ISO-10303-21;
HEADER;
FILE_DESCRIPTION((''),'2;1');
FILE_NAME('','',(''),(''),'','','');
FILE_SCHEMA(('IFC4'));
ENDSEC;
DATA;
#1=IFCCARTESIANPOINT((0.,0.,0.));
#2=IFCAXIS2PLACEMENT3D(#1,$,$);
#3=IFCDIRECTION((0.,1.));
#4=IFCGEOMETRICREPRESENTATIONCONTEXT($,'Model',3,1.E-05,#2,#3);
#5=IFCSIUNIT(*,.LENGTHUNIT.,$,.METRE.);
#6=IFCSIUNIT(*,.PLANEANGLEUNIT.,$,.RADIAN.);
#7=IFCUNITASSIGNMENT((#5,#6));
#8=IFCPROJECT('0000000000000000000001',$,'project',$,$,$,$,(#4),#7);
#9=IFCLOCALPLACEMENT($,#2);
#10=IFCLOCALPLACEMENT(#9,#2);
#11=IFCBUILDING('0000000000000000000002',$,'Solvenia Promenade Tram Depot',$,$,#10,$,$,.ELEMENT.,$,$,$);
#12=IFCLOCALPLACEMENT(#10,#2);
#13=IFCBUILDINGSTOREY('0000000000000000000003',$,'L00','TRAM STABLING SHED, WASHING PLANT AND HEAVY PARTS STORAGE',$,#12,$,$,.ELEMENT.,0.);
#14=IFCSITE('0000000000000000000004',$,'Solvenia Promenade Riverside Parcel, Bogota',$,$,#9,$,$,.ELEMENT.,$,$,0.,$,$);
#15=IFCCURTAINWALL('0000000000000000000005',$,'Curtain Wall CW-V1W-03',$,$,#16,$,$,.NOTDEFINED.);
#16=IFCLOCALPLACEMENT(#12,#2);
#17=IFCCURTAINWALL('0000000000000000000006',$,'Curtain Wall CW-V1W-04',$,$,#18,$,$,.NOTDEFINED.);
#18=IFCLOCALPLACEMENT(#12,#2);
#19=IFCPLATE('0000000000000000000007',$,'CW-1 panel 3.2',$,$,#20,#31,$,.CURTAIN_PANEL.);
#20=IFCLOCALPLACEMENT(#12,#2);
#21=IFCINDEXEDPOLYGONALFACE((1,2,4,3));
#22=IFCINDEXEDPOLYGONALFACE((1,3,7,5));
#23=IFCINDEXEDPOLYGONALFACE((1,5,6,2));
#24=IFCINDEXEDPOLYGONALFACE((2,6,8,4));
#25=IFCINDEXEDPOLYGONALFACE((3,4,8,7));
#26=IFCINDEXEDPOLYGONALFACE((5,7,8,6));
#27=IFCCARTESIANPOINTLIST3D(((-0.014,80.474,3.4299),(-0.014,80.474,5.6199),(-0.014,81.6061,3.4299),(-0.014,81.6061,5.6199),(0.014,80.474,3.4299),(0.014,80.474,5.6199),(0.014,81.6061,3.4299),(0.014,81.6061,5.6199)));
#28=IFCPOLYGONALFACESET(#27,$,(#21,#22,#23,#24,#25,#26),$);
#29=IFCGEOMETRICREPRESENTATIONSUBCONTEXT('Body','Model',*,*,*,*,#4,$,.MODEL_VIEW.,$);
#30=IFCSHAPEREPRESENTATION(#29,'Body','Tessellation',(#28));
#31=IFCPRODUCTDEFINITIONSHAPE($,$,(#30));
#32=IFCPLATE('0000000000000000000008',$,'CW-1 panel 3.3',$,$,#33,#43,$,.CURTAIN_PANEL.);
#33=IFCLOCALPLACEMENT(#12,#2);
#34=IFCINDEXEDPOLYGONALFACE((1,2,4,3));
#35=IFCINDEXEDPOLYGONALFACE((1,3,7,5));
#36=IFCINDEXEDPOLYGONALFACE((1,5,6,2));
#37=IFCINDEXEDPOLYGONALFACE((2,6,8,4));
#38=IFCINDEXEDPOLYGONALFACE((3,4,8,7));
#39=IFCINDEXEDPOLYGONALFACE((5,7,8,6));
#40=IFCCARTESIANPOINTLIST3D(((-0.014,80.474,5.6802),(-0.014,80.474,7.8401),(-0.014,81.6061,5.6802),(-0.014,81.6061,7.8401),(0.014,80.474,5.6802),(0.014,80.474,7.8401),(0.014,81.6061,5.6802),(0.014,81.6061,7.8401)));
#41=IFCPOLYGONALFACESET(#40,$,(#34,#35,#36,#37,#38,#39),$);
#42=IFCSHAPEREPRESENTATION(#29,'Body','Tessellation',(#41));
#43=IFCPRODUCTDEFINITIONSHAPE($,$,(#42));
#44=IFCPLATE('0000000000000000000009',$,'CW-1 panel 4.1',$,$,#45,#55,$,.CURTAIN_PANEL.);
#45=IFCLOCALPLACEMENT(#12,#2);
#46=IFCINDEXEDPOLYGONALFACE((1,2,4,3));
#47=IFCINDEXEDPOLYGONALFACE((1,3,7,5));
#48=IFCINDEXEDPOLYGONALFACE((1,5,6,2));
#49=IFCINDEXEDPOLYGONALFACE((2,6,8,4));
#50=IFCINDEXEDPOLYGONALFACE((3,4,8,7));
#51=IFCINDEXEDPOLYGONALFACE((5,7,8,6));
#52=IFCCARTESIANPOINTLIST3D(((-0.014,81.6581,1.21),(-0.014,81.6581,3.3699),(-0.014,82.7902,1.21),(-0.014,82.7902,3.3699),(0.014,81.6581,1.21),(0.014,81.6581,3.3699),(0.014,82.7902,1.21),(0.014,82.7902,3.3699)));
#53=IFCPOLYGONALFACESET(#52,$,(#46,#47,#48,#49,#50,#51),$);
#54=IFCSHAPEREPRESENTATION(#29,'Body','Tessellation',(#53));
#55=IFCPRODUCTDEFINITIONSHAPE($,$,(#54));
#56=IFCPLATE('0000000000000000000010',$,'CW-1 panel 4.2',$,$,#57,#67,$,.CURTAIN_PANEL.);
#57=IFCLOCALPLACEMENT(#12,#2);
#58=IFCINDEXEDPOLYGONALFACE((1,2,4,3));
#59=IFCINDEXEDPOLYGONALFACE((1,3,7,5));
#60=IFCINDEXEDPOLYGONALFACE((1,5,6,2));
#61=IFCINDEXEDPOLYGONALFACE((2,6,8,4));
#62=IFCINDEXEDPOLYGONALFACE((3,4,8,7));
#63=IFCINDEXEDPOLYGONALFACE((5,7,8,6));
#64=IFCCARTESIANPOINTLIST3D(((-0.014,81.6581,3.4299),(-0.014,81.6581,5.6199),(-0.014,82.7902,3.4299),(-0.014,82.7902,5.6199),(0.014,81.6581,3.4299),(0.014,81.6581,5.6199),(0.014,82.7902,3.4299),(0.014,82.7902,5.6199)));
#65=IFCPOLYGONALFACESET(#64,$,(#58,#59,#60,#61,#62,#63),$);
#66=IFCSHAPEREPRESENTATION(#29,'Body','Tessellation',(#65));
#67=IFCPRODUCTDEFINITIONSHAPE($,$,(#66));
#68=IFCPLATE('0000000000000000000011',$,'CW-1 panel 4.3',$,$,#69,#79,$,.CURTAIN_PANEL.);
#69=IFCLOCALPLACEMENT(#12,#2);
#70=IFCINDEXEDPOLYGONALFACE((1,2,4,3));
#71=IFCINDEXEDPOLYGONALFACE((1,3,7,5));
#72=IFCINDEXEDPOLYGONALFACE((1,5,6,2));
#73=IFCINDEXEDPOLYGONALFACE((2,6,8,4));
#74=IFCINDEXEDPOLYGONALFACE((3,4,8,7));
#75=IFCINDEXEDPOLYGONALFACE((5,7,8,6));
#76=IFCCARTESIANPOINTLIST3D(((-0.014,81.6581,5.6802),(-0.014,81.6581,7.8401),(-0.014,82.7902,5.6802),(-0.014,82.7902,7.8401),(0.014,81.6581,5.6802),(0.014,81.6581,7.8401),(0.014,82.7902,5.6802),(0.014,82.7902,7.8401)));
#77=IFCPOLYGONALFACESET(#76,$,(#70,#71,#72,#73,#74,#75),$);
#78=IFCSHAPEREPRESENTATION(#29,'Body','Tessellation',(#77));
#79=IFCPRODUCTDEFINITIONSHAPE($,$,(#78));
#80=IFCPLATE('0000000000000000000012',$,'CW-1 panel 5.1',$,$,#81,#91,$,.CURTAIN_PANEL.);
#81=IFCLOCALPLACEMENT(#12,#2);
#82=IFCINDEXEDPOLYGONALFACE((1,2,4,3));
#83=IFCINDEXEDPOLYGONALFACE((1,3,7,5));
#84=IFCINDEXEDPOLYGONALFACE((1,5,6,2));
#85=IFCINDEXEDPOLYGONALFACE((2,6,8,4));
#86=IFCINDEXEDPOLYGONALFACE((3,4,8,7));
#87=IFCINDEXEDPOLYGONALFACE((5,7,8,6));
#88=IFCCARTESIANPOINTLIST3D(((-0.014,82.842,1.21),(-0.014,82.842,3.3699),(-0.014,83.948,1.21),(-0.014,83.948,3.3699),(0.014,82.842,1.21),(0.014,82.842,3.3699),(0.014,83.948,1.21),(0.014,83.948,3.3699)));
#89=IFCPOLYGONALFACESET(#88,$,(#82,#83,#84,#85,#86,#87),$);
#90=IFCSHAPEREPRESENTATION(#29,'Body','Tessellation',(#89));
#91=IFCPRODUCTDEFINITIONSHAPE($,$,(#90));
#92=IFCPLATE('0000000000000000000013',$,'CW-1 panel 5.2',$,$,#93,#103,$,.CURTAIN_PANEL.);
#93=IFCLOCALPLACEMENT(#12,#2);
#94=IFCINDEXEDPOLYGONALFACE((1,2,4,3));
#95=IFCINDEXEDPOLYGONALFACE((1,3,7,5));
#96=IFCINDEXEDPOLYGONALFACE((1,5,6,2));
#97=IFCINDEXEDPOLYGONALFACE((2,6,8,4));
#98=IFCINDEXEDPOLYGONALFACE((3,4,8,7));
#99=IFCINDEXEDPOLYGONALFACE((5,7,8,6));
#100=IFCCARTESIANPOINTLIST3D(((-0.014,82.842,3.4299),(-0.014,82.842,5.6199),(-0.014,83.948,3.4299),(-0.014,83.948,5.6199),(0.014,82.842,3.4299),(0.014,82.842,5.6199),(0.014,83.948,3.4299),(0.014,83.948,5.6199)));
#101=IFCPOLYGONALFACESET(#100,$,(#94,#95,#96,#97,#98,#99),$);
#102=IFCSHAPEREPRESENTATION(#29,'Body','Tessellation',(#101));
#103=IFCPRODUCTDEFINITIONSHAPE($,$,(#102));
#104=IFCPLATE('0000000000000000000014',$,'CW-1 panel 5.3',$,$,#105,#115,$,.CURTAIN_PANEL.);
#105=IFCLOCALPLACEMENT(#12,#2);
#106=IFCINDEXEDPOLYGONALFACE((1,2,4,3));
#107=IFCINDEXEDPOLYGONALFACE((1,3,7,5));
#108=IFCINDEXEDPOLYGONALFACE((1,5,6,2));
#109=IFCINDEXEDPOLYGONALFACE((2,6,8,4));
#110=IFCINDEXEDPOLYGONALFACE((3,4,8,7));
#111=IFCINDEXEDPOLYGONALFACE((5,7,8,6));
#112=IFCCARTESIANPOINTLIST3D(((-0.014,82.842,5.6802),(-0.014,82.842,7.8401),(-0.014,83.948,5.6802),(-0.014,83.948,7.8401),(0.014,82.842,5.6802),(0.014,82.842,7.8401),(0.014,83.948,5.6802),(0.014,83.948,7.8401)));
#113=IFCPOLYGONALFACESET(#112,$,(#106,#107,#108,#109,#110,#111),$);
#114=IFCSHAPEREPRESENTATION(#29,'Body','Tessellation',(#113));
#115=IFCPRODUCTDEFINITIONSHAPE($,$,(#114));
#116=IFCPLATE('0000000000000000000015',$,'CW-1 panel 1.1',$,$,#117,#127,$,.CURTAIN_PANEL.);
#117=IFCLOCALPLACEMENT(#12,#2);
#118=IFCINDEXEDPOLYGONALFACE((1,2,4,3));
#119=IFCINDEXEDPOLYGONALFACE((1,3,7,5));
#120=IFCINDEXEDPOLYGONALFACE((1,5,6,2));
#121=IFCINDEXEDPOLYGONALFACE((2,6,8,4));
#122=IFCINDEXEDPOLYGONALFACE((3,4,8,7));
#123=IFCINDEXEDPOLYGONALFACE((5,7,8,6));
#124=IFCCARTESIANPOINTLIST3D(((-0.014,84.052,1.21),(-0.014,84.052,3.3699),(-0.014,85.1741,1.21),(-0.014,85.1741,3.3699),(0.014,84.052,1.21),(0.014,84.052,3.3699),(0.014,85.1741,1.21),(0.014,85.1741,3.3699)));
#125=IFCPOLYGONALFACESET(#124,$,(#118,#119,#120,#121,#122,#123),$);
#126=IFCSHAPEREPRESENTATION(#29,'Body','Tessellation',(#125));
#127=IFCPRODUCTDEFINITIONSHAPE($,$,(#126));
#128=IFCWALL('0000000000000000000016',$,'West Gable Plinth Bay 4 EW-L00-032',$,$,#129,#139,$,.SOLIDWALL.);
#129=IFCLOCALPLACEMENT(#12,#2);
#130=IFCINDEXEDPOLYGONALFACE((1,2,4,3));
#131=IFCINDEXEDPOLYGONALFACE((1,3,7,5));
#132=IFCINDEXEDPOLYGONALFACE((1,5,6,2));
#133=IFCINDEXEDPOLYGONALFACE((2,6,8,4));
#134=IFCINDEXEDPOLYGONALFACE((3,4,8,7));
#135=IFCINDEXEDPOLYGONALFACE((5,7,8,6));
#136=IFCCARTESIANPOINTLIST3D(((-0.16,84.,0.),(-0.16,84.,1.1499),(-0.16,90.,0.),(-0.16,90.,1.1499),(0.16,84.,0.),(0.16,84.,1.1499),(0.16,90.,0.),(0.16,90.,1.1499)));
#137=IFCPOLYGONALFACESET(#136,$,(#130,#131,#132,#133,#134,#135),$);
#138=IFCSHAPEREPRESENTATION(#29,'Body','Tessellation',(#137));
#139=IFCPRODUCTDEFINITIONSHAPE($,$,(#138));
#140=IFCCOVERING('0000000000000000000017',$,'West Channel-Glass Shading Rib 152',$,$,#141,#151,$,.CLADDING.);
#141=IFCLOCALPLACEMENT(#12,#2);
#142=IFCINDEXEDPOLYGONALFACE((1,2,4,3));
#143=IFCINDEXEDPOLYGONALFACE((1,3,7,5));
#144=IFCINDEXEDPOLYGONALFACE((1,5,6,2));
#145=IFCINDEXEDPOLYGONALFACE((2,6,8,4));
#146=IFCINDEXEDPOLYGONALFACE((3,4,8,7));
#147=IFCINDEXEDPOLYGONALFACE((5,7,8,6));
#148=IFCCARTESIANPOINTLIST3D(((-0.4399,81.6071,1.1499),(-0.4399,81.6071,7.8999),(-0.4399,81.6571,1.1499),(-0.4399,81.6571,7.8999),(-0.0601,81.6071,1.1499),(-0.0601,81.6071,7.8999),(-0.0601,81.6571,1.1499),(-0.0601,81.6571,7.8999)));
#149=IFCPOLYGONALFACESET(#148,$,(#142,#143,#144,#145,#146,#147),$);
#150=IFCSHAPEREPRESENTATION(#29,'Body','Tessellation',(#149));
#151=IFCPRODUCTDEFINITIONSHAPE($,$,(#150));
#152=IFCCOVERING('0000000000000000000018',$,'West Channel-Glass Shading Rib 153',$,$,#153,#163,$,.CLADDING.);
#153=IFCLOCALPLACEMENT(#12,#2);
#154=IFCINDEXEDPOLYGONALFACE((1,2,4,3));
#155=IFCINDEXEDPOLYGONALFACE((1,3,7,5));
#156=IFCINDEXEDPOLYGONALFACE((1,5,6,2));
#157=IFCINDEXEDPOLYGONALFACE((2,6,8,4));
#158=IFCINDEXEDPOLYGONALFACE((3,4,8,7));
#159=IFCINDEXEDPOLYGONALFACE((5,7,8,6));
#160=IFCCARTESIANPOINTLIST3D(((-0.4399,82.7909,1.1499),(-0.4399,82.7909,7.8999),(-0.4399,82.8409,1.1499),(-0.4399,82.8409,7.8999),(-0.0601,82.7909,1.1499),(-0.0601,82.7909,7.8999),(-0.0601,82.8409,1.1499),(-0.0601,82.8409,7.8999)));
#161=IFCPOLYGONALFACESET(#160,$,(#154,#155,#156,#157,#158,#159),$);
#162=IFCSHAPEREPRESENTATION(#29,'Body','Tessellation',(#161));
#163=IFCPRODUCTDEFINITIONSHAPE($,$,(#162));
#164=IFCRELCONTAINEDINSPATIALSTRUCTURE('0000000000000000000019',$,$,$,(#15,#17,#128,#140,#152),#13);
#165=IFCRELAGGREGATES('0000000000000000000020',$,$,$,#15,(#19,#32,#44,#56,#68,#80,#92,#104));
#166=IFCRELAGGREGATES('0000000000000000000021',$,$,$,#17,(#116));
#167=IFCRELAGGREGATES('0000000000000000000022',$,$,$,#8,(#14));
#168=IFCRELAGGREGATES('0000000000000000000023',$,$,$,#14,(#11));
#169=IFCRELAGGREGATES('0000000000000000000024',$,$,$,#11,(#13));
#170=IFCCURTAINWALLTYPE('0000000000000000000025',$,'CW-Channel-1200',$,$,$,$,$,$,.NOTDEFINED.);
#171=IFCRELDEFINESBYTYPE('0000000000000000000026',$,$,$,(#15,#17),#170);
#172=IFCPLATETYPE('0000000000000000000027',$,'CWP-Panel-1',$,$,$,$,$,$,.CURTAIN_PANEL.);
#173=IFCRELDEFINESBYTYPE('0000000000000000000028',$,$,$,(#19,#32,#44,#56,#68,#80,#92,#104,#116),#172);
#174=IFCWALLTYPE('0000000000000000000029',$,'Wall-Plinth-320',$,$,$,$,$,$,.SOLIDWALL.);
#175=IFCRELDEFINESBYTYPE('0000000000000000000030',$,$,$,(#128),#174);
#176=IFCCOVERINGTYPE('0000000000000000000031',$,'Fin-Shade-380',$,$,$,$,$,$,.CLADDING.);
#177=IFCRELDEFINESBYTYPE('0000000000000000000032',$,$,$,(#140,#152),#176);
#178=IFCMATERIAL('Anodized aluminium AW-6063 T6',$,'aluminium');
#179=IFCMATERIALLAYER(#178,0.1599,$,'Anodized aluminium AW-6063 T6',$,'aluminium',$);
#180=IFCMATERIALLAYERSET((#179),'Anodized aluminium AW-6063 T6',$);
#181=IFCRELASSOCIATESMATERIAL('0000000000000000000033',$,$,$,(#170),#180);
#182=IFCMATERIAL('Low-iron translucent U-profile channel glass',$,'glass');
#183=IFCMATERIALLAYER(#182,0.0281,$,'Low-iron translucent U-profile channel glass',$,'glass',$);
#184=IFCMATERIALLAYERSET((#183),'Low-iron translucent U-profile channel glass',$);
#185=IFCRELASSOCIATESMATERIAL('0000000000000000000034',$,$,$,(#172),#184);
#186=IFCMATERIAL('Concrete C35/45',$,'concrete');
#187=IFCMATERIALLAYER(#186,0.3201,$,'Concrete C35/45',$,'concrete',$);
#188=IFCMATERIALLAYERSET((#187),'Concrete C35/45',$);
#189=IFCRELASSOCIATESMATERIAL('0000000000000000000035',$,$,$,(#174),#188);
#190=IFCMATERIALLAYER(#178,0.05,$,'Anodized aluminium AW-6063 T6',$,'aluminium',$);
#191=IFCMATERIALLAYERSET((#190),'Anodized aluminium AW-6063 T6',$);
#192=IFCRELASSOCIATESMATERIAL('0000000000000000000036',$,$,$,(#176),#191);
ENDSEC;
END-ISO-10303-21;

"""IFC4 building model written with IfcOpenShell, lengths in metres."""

from ifc_helpers import new_model, si_unit, direction, frame, frame_2d, origin, origin_2d, place, context, subcontext, project, spatial, rectangle, extrude, material, layer, layer_set, type_object, element, aggregate, save


model = new_model("IFC4")

# Units and contexts
model_context = context("Model", 3, precision=1e-05, world=origin(), true_north=direction((0.0, 1.0)))
body_context = subcontext(model_context, "Body", "Model", "MODEL_VIEW")
ifc_project = project(units=[si_unit("LENGTHUNIT", "METRE"), si_unit("PLANEANGLEUNIT", "RADIAN")], contexts=[model_context])

# Site, building, storey
site_placement = place(None, origin())
site = spatial("IfcSite", under=ifc_project, at=site_placement, Name="Solvenia Promenade Riverside Parcel, Bogota", CompositionType="ELEMENT", RefElevation=0.0)
building_placement = place(site_placement, origin())
building = spatial("IfcBuilding", under=site, at=building_placement, Name="Solvenia Promenade Tram Depot", CompositionType="ELEMENT")
storey_placement = place(building_placement, origin())
storey = spatial("IfcBuildingStorey", under=building, at=storey_placement, Name="L00", Description="TRAM STABLING SHED, WASHING PLANT AND HEAVY PARTS STORAGE", CompositionType="ELEMENT", Elevation=0.0)

# Curtain wall
ifc_material_1 = material(Name="Anodized aluminium AW-6063 T6", Category="aluminium")
ifc_layer_1 = layer(ifc_material_1, 0.1599, Name="Anodized aluminium AW-6063 T6", Category="aluminium")
ifc_layer_set_1 = layer_set([ifc_layer_1], Name="Anodized aluminium AW-6063 T6")
curtain_wall_type = type_object("IfcCurtainWallType", Name="CW-Channel-1200", PredefinedType="NOTDEFINED", material=ifc_layer_set_1)
curtain_wall_1_placement = place(storey_placement, origin())
curtain_wall_1 = element("IfcCurtainWall", 1, at=curtain_wall_1_placement, inside=storey, type_object=curtain_wall_type, Name="Curtain Wall CW-V1W-03", PredefinedType="NOTDEFINED")

# Curtain wall
curtain_wall_2_placement = place(storey_placement, origin())
curtain_wall_2 = element("IfcCurtainWall", 2, at=curtain_wall_2_placement, inside=storey, type_object=curtain_wall_type, Name="Curtain Wall CW-V1W-04", PredefinedType="NOTDEFINED")

# Plates
ifc_material_2 = material(Name="Low-iron translucent U-profile channel glass", Category="glass")
ifc_layer_2 = layer(ifc_material_2, 0.0281, Name="Low-iron translucent U-profile channel glass", Category="glass")
ifc_layer_set_2 = layer_set([ifc_layer_2], Name="Low-iron translucent U-profile channel glass")
plate_type = type_object("IfcPlateType", Name="CWP-Panel-1", PredefinedType="CURTAIN_PANEL", material=ifc_layer_set_2)
plate_1_placement = place(storey_placement, frame((0.0, 81.04, 3.4299), z_axis=(0.0, 0.0, 1.0), x_axis=(0.0, 1.0, 0.0)))
plate_1 = element("IfcPlate", 3, at=plate_1_placement, type_object=plate_type, Name="CW-1 panel 3.2", PredefinedType="CURTAIN_PANEL", context=body_context, shape_type="SweptSolid", body=[
    extrude(rectangle(XDim=1.1321, YDim=0.0281, at=origin_2d()), origin(), (0.0, 0.0, 1.0), 2.1899),
])
plate_2_placement = place(storey_placement, frame((0.0, 81.04, 5.6802), z_axis=(0.0, 0.0, 1.0), x_axis=(0.0, 1.0, 0.0)))
plate_2 = element("IfcPlate", 4, at=plate_2_placement, type_object=plate_type, Name="CW-1 panel 3.3", PredefinedType="CURTAIN_PANEL", context=body_context, shape_type="SweptSolid", body=[
    extrude(rectangle(XDim=1.1321, YDim=0.0281, at=origin_2d()), origin(), (0.0, 0.0, 1.0), 2.1599),
])
plate_3_placement = place(storey_placement, frame((0.0, 82.2241, 1.21), z_axis=(0.0, 0.0, 1.0), x_axis=(0.0, 1.0, 0.0)))
plate_3 = element("IfcPlate", 5, at=plate_3_placement, type_object=plate_type, Name="CW-1 panel 4.1", PredefinedType="CURTAIN_PANEL", context=body_context, shape_type="SweptSolid", body=[
    extrude(rectangle(XDim=1.1321, YDim=0.0281, at=origin_2d()), origin(), (0.0, 0.0, 1.0), 2.1599),
])
plate_4_placement = place(storey_placement, frame((0.0, 82.2241, 3.4299), z_axis=(0.0, 0.0, 1.0), x_axis=(0.0, 1.0, 0.0)))
plate_4 = element("IfcPlate", 6, at=plate_4_placement, type_object=plate_type, Name="CW-1 panel 4.2", PredefinedType="CURTAIN_PANEL", context=body_context, shape_type="SweptSolid", body=[
    extrude(rectangle(XDim=1.1321, YDim=0.0281, at=origin_2d()), origin(), (0.0, 0.0, 1.0), 2.1899),
])
plate_5_placement = place(storey_placement, frame((0.0, 82.2241, 5.6802), z_axis=(0.0, 0.0, 1.0), x_axis=(0.0, 1.0, 0.0)))
plate_5 = element("IfcPlate", 7, at=plate_5_placement, type_object=plate_type, Name="CW-1 panel 4.3", PredefinedType="CURTAIN_PANEL", context=body_context, shape_type="SweptSolid", body=[
    extrude(rectangle(XDim=1.1321, YDim=0.0281, at=origin_2d()), origin(), (0.0, 0.0, 1.0), 2.1599),
])
plate_6_placement = place(storey_placement, frame((0.0, 83.395, 1.21), z_axis=(0.0, 0.0, 1.0), x_axis=(0.0, 1.0, 0.0)))
plate_6 = element("IfcPlate", 8, at=plate_6_placement, type_object=plate_type, Name="CW-1 panel 5.1", PredefinedType="CURTAIN_PANEL", context=body_context, shape_type="SweptSolid", body=[
    extrude(rectangle(XDim=1.106, YDim=0.0281, at=origin_2d()), origin(), (0.0, 0.0, 1.0), 2.1599),
])
plate_7_placement = place(storey_placement, frame((0.0, 83.395, 3.4299), z_axis=(0.0, 0.0, 1.0), x_axis=(0.0, 1.0, 0.0)))
plate_7 = element("IfcPlate", 9, at=plate_7_placement, type_object=plate_type, Name="CW-1 panel 5.2", PredefinedType="CURTAIN_PANEL", context=body_context, shape_type="SweptSolid", body=[
    extrude(rectangle(XDim=1.106, YDim=0.0281, at=origin_2d()), origin(), (0.0, 0.0, 1.0), 2.1899),
])
plate_8_placement = place(storey_placement, frame((0.0, 83.395, 5.6802), z_axis=(0.0, 0.0, 1.0), x_axis=(0.0, 1.0, 0.0)))
plate_8 = element("IfcPlate", 10, at=plate_8_placement, type_object=plate_type, Name="CW-1 panel 5.3", PredefinedType="CURTAIN_PANEL", context=body_context, shape_type="SweptSolid", body=[
    extrude(rectangle(XDim=1.106, YDim=0.0281, at=origin_2d()), origin(), (0.0, 0.0, 1.0), 2.1599),
])
aggregate(curtain_wall_1, [plate_1, plate_2, plate_3, plate_4, plate_5, plate_6, plate_7, plate_8])
plate_9_placement = place(storey_placement, frame((0.0, 84.613, 1.21), z_axis=(0.0, 0.0, 1.0), x_axis=(0.0, 1.0, 0.0)))
plate_9 = element("IfcPlate", 11, at=plate_9_placement, type_object=plate_type, Name="CW-1 panel 1.1", PredefinedType="CURTAIN_PANEL", context=body_context, shape_type="SweptSolid", body=[
    extrude(rectangle(XDim=1.1221, YDim=0.0281, at=origin_2d()), origin(), (0.0, 0.0, 1.0), 2.1599),
])
aggregate(curtain_wall_2, [plate_9])

# Wall
ifc_material_3 = material(Name="Concrete C35/45", Category="concrete")
ifc_layer_3 = layer(ifc_material_3, 0.3201, Name="Concrete C35/45", Category="concrete")
ifc_layer_set_3 = layer_set([ifc_layer_3], Name="Concrete C35/45")
wall_type = type_object("IfcWallType", Name="Wall-Plinth-320", PredefinedType="SOLIDWALL", material=ifc_layer_set_3)
wall_placement = place(storey_placement, frame((0.0, 84.0, 0.0), z_axis=(0.0, 0.0, 1.0), x_axis=(0.0, 1.0, 0.0)))
element("IfcWall", 12, at=wall_placement, inside=storey, type_object=wall_type, Name="West Gable Plinth Bay 4 EW-L00-032", PredefinedType="SOLIDWALL", context=body_context, shape_type="SweptSolid", body=[
    extrude(rectangle(XDim=6.0, YDim=0.3201, at=frame_2d((3.0, 0.0))), origin(), (0.0, 0.0, 1.0), 1.1499),
])

# Coverings
ifc_layer_4 = layer(ifc_material_1, 0.05, Name="Anodized aluminium AW-6063 T6", Category="aluminium")
ifc_layer_set_4 = layer_set([ifc_layer_4], Name="Anodized aluminium AW-6063 T6")
covering_type = type_object("IfcCoveringType", Name="Fin-Shade-380", PredefinedType="CLADDING", material=ifc_layer_set_4)
for number, where, z_axis, x_axis, name in (
    (13, (-0.25, 81.6321, 1.1499), (0.0, 0.0, 1.0), (1.0, 0.0, 0.0), "West Channel-Glass Shading Rib 152"),
    (14, (-0.25, 82.8159, 1.1499), (0.0, 0.0, 1.0), (1.0, 0.0, 0.0), "West Channel-Glass Shading Rib 153"),
):
    element("IfcCovering", number, at=place(storey_placement, frame(where, z_axis=z_axis, x_axis=x_axis)), inside=storey, type_object=covering_type, Name=name, PredefinedType="CLADDING", context=body_context, shape_type="SweptSolid", body=[
        extrude(rectangle(XDim=0.3799, YDim=0.05, at=origin_2d()), origin(), (0.0, 0.0, 1.0), 6.75),
    ])

save(model, "model.ifc")
